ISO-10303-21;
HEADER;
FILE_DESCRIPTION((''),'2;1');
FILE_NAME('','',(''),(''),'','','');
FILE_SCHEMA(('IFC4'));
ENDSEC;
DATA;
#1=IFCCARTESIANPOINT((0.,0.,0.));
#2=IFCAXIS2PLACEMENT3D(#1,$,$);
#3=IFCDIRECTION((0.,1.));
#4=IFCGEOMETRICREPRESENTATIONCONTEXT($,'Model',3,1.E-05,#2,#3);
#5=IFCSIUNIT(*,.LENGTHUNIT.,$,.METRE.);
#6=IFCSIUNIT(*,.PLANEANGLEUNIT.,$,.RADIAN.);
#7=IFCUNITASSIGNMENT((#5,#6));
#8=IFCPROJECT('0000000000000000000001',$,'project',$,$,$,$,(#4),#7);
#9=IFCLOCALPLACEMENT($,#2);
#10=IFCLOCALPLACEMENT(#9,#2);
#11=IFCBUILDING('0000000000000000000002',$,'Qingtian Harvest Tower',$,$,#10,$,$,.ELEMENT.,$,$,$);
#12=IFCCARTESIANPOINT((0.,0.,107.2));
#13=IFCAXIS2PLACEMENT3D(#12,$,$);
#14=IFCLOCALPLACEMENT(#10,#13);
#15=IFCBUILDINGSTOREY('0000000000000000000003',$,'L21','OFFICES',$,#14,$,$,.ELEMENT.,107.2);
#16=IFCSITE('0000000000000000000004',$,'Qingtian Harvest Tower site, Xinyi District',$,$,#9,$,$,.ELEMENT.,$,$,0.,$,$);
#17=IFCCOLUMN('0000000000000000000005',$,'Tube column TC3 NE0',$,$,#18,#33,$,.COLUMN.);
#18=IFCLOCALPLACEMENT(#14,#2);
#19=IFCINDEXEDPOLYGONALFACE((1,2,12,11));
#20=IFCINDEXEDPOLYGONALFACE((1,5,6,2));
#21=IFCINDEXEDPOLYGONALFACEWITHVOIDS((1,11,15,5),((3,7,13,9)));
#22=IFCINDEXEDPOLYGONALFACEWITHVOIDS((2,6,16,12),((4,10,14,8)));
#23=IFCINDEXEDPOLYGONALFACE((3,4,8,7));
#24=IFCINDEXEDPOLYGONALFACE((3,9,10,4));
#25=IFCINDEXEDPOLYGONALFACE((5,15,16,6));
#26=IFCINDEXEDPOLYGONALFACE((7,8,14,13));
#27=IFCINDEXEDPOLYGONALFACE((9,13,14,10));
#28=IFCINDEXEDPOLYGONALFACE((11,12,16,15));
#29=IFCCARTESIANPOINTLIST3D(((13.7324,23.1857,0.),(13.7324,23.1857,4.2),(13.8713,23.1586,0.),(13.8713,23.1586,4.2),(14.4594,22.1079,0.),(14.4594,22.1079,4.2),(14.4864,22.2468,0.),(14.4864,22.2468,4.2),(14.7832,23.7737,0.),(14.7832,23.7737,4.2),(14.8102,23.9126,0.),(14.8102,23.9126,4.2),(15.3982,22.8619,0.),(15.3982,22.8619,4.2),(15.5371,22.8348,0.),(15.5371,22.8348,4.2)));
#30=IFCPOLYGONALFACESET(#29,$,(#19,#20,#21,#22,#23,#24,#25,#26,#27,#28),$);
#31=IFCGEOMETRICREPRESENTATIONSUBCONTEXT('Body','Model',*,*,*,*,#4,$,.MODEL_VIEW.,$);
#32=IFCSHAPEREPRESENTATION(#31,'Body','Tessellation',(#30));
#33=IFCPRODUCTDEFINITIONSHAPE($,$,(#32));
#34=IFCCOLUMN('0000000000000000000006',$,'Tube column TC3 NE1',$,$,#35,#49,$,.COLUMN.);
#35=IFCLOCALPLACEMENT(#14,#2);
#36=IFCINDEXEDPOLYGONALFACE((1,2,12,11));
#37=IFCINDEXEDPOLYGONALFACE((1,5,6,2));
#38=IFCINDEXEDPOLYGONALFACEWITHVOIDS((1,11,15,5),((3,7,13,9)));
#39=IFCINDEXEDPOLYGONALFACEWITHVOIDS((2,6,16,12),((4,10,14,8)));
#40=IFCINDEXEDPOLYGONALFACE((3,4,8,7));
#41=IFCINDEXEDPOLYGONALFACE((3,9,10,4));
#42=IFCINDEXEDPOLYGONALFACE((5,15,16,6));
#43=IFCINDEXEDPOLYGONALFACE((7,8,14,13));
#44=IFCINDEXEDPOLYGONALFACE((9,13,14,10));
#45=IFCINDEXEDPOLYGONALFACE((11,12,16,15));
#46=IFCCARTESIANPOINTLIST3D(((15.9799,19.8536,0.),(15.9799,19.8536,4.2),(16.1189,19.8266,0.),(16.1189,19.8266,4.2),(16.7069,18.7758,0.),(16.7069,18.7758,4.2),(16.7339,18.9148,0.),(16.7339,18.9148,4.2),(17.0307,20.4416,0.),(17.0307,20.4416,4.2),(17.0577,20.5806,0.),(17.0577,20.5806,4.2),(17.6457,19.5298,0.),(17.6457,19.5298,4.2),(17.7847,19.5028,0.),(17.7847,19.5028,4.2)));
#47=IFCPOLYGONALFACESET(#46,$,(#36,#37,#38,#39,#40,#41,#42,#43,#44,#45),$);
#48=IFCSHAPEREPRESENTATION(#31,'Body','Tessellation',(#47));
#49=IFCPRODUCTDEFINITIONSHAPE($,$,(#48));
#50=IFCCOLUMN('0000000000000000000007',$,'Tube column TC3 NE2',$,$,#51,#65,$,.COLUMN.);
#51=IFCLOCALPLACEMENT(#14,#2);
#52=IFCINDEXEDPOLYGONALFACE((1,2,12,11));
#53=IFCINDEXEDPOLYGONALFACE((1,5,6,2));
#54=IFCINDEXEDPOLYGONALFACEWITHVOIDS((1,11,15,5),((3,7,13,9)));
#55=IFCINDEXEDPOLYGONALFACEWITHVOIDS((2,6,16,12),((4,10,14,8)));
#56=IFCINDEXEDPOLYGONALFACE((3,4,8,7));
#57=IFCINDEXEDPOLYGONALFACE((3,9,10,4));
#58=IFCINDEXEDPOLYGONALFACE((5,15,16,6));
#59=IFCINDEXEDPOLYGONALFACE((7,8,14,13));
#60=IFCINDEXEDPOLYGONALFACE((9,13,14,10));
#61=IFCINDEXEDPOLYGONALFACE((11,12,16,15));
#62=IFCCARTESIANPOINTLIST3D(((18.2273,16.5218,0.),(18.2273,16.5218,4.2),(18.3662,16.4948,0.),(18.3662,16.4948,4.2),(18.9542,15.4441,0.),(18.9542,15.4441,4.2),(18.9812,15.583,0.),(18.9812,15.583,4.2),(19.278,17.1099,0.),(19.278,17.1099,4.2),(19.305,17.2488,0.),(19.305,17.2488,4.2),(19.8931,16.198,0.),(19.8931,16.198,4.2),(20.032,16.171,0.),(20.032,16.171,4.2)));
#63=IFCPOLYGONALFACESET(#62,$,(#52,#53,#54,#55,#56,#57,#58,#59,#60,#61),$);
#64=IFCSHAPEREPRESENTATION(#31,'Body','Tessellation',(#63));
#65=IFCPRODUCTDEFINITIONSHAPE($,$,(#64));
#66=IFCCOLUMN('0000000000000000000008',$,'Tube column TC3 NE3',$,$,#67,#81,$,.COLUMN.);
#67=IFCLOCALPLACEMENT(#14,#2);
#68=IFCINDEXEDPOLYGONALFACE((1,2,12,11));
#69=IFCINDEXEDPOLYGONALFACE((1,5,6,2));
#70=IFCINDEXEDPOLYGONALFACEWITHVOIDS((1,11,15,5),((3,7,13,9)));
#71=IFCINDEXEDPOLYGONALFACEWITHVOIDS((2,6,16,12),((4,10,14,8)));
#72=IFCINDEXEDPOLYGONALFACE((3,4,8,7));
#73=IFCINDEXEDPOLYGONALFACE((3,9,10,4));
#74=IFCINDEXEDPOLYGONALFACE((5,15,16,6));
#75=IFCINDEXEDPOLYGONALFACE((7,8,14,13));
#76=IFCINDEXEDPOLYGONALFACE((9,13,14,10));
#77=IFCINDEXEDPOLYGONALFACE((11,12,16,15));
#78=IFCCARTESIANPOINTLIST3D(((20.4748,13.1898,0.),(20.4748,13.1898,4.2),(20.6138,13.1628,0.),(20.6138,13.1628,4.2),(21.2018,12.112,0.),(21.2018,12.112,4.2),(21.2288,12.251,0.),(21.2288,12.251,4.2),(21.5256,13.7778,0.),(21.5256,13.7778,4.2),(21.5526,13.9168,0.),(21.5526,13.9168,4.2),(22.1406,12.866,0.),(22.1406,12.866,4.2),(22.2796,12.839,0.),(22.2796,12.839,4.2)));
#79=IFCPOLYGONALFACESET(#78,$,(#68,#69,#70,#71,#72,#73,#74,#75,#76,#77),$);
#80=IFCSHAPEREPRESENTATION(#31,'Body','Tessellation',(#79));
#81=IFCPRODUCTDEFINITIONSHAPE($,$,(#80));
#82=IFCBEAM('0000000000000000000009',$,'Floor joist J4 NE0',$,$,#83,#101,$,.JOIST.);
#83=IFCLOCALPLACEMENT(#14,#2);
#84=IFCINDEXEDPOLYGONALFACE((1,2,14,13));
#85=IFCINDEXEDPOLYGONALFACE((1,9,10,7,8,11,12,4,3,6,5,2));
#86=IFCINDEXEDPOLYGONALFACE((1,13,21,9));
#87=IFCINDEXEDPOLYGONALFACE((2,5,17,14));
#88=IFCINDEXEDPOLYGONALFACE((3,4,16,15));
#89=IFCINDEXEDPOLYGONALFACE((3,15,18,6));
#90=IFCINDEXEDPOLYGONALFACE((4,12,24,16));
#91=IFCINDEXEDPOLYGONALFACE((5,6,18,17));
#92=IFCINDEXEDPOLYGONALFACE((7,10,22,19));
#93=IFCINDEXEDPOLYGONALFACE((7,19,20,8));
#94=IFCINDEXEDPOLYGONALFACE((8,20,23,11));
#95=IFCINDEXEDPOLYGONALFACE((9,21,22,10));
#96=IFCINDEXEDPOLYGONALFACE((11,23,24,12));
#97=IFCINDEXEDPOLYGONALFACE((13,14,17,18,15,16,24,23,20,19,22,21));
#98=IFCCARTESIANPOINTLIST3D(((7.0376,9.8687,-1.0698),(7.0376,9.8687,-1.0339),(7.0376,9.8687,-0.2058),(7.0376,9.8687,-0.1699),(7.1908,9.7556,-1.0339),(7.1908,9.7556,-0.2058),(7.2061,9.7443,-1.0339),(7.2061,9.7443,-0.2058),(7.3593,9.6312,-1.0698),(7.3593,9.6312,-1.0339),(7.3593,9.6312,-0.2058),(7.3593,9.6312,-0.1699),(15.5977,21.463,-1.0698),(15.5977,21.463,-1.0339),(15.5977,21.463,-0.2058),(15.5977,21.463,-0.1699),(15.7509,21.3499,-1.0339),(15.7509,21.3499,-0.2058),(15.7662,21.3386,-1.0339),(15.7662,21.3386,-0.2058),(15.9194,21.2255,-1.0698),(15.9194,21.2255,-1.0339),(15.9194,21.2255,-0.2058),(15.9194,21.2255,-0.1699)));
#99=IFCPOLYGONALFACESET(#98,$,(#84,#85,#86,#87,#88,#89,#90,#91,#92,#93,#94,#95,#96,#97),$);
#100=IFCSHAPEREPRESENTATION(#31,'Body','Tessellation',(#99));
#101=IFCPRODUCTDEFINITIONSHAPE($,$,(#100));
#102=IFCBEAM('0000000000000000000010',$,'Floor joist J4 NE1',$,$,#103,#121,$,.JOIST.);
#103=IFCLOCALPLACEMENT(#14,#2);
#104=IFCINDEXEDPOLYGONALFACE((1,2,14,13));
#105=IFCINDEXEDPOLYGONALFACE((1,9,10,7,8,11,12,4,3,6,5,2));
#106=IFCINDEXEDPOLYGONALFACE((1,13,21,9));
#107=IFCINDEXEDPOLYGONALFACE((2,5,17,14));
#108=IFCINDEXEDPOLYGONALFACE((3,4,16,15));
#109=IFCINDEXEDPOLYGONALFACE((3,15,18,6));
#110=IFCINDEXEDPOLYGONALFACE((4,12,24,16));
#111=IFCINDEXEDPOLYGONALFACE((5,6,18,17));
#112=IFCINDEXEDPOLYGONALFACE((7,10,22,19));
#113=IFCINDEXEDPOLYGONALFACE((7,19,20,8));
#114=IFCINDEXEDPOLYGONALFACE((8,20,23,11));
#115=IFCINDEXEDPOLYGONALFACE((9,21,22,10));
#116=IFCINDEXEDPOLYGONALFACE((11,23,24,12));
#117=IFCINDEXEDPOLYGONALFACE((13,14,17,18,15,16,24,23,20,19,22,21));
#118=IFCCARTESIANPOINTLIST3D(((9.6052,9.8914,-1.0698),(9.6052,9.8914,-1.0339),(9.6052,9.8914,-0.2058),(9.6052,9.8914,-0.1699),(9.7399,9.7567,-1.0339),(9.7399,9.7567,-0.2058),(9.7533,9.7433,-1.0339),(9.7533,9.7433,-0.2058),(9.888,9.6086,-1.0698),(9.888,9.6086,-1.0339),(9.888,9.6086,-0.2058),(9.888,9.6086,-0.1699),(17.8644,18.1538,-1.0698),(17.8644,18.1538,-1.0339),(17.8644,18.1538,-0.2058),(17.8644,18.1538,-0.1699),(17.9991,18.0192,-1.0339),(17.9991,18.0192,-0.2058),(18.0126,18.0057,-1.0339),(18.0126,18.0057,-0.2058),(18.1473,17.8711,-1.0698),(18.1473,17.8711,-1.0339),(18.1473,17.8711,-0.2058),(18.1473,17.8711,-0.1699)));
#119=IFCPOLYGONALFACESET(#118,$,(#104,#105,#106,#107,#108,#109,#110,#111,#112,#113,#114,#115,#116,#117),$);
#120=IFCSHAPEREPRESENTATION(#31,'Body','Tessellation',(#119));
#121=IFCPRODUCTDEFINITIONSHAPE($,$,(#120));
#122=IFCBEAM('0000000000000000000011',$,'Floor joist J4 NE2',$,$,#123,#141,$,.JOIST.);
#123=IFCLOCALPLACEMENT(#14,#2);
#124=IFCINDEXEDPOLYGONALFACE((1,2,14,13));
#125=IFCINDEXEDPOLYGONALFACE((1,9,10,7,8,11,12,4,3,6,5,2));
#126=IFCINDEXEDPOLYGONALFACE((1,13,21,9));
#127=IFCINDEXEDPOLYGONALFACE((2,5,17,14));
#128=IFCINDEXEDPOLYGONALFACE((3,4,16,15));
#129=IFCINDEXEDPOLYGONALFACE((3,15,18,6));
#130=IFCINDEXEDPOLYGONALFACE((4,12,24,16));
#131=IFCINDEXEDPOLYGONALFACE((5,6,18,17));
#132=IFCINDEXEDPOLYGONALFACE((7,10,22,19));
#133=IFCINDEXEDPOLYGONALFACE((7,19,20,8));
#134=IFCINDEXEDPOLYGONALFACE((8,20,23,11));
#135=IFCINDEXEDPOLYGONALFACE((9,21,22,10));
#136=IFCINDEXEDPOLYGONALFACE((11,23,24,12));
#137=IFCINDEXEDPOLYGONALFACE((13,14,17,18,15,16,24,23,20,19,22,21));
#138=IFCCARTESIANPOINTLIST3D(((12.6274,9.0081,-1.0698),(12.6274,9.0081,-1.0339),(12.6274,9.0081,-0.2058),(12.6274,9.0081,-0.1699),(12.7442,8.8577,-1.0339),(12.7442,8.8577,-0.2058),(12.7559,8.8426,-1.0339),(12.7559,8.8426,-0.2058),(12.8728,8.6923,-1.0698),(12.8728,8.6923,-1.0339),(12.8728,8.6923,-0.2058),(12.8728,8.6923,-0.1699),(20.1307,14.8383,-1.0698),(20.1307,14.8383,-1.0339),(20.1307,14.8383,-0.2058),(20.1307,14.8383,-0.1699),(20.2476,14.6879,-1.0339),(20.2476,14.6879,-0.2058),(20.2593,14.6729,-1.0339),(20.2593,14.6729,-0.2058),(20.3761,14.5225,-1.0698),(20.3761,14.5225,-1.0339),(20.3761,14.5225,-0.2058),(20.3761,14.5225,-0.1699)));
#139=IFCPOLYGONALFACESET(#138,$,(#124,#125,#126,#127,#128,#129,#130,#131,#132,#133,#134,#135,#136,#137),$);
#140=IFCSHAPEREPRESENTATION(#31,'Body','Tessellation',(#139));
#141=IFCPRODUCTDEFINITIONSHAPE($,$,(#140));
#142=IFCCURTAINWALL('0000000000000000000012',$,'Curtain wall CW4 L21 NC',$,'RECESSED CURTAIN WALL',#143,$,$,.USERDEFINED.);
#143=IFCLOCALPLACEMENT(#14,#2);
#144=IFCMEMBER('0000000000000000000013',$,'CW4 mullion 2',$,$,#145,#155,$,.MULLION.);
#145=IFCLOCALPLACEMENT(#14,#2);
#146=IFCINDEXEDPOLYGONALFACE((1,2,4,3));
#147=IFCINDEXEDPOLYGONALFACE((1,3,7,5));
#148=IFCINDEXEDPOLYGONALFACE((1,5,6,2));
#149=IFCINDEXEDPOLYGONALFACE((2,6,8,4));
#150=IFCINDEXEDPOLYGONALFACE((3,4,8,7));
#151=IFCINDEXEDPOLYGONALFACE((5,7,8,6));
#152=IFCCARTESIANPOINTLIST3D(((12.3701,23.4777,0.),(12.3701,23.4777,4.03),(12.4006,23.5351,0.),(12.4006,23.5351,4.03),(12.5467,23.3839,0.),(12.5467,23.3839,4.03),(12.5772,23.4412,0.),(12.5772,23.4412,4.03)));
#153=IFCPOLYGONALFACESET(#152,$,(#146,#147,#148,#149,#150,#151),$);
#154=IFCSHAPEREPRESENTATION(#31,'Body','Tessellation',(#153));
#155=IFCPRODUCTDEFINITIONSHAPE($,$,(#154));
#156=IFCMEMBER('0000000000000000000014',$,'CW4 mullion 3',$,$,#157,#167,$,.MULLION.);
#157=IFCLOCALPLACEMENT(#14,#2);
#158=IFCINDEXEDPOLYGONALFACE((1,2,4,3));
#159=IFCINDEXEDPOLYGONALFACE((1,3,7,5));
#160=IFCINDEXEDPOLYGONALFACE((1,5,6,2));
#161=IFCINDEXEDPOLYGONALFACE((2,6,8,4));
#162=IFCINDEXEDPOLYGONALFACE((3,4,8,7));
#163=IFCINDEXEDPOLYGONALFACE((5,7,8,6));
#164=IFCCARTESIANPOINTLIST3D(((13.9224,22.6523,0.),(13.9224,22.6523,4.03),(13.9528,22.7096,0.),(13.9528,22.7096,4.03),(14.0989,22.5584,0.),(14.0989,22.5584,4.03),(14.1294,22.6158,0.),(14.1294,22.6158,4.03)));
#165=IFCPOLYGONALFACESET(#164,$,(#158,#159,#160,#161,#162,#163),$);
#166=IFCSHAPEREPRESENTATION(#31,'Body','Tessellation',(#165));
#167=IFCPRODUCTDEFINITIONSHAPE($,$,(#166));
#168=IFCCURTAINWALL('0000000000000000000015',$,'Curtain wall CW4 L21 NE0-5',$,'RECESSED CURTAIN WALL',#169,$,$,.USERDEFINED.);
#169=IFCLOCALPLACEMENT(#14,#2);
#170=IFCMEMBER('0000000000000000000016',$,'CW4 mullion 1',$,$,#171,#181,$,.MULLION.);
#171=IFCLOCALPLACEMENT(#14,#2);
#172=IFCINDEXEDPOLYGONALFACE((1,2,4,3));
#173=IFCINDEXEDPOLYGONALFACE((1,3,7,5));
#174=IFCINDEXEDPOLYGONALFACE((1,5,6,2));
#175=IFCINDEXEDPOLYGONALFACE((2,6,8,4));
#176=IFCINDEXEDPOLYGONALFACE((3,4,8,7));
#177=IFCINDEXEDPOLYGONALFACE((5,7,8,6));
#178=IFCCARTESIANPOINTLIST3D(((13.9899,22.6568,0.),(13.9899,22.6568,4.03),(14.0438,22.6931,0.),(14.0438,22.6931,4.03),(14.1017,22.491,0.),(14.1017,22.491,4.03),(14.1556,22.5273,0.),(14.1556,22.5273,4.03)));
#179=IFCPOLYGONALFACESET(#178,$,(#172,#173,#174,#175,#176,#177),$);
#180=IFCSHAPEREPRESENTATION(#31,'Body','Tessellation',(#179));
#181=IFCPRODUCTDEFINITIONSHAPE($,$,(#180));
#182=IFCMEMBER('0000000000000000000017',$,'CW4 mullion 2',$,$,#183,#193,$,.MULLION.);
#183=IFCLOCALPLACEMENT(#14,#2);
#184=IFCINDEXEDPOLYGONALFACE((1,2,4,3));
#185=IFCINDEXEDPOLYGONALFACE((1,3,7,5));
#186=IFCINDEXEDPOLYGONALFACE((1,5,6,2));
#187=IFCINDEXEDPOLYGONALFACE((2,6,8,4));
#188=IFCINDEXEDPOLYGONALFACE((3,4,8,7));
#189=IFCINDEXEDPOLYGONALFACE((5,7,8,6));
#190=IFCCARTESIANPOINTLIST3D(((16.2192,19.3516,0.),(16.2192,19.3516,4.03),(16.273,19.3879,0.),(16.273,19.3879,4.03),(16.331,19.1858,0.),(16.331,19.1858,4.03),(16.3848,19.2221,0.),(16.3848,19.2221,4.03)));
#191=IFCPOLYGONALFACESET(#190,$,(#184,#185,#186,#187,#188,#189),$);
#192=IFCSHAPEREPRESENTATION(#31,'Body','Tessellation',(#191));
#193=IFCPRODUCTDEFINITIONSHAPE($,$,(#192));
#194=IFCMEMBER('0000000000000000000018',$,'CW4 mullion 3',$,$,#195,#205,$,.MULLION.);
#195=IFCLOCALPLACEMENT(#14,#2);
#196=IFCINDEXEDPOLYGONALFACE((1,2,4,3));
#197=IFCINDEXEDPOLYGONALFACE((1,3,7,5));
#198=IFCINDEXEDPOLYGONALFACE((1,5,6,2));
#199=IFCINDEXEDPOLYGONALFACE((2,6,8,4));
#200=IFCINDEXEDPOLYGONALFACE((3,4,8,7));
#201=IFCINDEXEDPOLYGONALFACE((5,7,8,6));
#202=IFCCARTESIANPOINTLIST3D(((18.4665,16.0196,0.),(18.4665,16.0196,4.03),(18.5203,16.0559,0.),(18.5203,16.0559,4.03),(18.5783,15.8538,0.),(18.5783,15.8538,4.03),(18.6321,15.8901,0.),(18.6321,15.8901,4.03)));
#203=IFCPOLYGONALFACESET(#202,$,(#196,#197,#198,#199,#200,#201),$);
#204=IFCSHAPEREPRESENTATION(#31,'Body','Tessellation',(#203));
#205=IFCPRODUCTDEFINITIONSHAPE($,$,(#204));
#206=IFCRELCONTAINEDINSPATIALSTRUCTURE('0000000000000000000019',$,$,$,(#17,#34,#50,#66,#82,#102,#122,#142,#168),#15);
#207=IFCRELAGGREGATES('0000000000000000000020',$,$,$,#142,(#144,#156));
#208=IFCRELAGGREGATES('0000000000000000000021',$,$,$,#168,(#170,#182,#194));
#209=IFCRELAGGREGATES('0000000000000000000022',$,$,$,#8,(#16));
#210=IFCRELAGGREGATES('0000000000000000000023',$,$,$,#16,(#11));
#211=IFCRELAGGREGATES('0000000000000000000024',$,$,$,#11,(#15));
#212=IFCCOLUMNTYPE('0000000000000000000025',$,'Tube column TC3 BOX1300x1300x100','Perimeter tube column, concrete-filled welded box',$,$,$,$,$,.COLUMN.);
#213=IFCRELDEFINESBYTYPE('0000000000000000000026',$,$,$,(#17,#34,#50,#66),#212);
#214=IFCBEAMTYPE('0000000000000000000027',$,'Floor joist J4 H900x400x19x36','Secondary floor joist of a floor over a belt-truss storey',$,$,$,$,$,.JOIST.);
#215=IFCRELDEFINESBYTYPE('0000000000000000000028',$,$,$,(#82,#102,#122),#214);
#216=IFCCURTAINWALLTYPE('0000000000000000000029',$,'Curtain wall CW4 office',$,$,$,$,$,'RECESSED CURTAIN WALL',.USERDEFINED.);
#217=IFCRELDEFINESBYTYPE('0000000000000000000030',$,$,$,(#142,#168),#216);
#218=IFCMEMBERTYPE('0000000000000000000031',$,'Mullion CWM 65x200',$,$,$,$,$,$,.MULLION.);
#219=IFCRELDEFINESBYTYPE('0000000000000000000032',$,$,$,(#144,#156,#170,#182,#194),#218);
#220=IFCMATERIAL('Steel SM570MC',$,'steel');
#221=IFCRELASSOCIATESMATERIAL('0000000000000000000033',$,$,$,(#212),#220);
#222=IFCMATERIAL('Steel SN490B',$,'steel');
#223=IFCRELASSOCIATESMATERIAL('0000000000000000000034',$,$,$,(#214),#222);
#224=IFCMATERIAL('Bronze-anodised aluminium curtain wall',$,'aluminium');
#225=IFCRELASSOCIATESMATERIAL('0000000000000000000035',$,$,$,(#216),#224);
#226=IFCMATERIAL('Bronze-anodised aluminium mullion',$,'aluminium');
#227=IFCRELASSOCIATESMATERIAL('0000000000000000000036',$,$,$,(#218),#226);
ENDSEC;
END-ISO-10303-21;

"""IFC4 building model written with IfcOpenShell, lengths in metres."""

from ifc_helpers import new_model, si_unit, direction, frame, origin, origin_2d, place, context, subcontext, project, spatial, rectangle, hollow_rectangle, i_section, extrude, material, material_profile, profile_set, type_object, element, aggregate, save


model = new_model("IFC4")

# Units and contexts
model_context = context("Model", 3, precision=1e-05, world=origin(), true_north=direction((0.0, 1.0)))
body_context = subcontext(model_context, "Body", "Model", "MODEL_VIEW")
ifc_project = project(units=[si_unit("LENGTHUNIT", "METRE"), si_unit("PLANEANGLEUNIT", "RADIAN")], contexts=[model_context])

# Site, building, storey
site_placement = place(None, origin())
site = spatial("IfcSite", under=ifc_project, at=site_placement, Name="Qingtian Harvest Tower site, Xinyi District", CompositionType="ELEMENT", RefElevation=0.0)
building_placement = place(site_placement, origin())
building = spatial("IfcBuilding", under=site, at=building_placement, Name="Qingtian Harvest Tower", CompositionType="ELEMENT")
storey_placement = place(building_placement, frame((0.0, 0.0, 107.2)))
storey = spatial("IfcBuildingStorey", under=building, at=storey_placement, Name="L21", Description="OFFICES", CompositionType="ELEMENT", Elevation=107.2)

# Columns
ifc_material_1 = material(Name="Steel SM570MC", Category="steel")
ifc_material_profile_1 = material_profile(ifc_material_1, hollow_rectangle(XDim=1.3, YDim=1.3, WallThickness=0.1001, at=origin_2d()), Name="BOX1300x1300x100")
ifc_profile_set_1 = profile_set([ifc_material_profile_1], Name="Steel SM570MC")
column_type = type_object("IfcColumnType", Name="Tube column TC3 BOX1300x1300x100", Description="Perimeter tube column, concrete-filled welded box", PredefinedType="COLUMN", material=ifc_profile_set_1)
for number, where, z_axis, x_axis, name in (
    (1, (14.6348, 23.0103, 0.0), (0.0, 0.0, 1.0), (-0.559193, 0.829038, 0.0), "Tube column TC3 NE0"),
    (2, (16.8823, 19.6782, 0.0), (0.0, 0.0, 1.0), (-0.559193, 0.829038, 0.0), "Tube column TC3 NE1"),
    (3, (19.1296, 16.3464, 0.0), (0.0, 0.0, 1.0), (-0.559193, 0.829038, 0.0), "Tube column TC3 NE2"),
    (4, (21.3772, 13.0144, 0.0), (0.0, 0.0, 1.0), (-0.559193, 0.829038, 0.0), "Tube column TC3 NE3"),
):
    element("IfcColumn", number, at=place(storey_placement, frame(where, z_axis=z_axis, x_axis=x_axis)), inside=storey, type_object=column_type, Name=name, PredefinedType="COLUMN", context=body_context, shape_type="SweptSolid", body=[
        extrude(hollow_rectangle(XDim=1.3, YDim=1.3, WallThickness=0.1001, at=origin_2d()), origin(), (0.0, 0.0, 1.0), 4.2),
    ])

# Beams
ifc_material_2 = material(Name="Steel SN490B", Category="steel")
ifc_material_profile_2 = material_profile(ifc_material_2, i_section(OverallWidth=0.3999, OverallDepth=0.8999, WebThickness=0.019, FlangeThickness=0.0359, at=origin_2d()), Name="H900x400x19x36")
ifc_profile_set_2 = profile_set([ifc_material_profile_2], Name="Steel SN490B")
beam_type_1 = type_object("IfcBeamType", Name="Floor joist J4 H900x400x19x36", Description="Secondary floor joist of a floor over a belt-truss storey", PredefinedType="JOIST", material=ifc_profile_set_2)
beam_1_placement = place(storey_placement, frame((15.7585, 21.3442, -0.6199), z_axis=(-0.59396, -0.804494, 0.0), x_axis=(0.804494, -0.59396, 0.0)))
element("IfcBeam", 5, at=beam_1_placement, inside=storey, type_object=beam_type_1, Name="Floor joist J4 NE0", PredefinedType="JOIST", context=body_context, shape_type="SweptSolid", body=[
    extrude(i_section(OverallWidth=0.3999, OverallDepth=0.8999, WebThickness=0.019, FlangeThickness=0.0359, at=origin_2d()), origin(), (0.0, 0.0, 1.0), 14.4119),
])
beam_2_placement = place(storey_placement, frame((18.0059, 18.0125, -0.6199), z_axis=(-0.706971, -0.707243, 0.0), x_axis=(0.707243, -0.706971, 0.0)))
element("IfcBeam", 6, at=beam_2_placement, inside=storey, type_object=beam_type_1, Name="Floor joist J4 NE1", PredefinedType="JOIST", context=body_context, shape_type="SweptSolid", body=[
    extrude(i_section(OverallWidth=0.3999, OverallDepth=0.8999, WebThickness=0.019, FlangeThickness=0.0359, at=origin_2d()), origin(), (0.0, 0.0, 1.0), 11.6826),
])
beam_3_placement = place(storey_placement, frame((20.2534, 14.6804, -0.6199), z_axis=(-0.789641, -0.613569, 0.0), x_axis=(0.613569, -0.789641, 0.0)))
element("IfcBeam", 7, at=beam_3_placement, inside=storey, type_object=beam_type_1, Name="Floor joist J4 NE2", PredefinedType="JOIST", context=body_context, shape_type="SweptSolid", body=[
    extrude(i_section(OverallWidth=0.3999, OverallDepth=0.8999, WebThickness=0.019, FlangeThickness=0.0359, at=origin_2d()), origin(), (0.0, 0.0, 1.0), 9.5022),
])

# Curtain walls, members
ifc_material_3 = material(Name="Bronze-anodised aluminium curtain wall", Category="aluminium")
curtain_wall_type = type_object("IfcCurtainWallType", Name="Curtain wall CW4 office", ElementType="RECESSED CURTAIN WALL", PredefinedType="USERDEFINED", material=ifc_material_3)
curtain_wall_1_placement = place(storey_placement, origin())
curtain_wall_1 = element("IfcCurtainWall", 8, at=curtain_wall_1_placement, inside=storey, type_object=curtain_wall_type, Name="Curtain wall CW4 L21 NC", ObjectType="RECESSED CURTAIN WALL", PredefinedType="USERDEFINED")
ifc_material_4 = material(Name="Bronze-anodised aluminium mullion", Category="aluminium")
ifc_material_profile_3 = material_profile(ifc_material_4, rectangle(XDim=0.0649, YDim=0.2, at=origin_2d()), Name="AL 65x200")
ifc_profile_set_3 = profile_set([ifc_material_profile_3], Name="Bronze-anodised aluminium mullion")
member_type_1 = type_object("IfcMemberType", Name="Mullion CWM 65x200", PredefinedType="MULLION", material=ifc_profile_set_3)
member_1_placement = place(storey_placement, frame((12.4736, 23.4595, 0.0), z_axis=(0.0, 0.0, 1.0), x_axis=(0.469472, 0.882948, 0.0)))
member_1 = element("IfcMember", 9, at=member_1_placement, type_object=member_type_1, Name="CW4 mullion 2", PredefinedType="MULLION", context=body_context, shape_type="SweptSolid", body=[
    extrude(rectangle(XDim=0.0649, YDim=0.2, at=origin_2d()), origin(), (0.0, 0.0, 1.0), 4.03),
])
member_2_placement = place(storey_placement, frame((14.0259, 22.634, 0.0), z_axis=(0.0, 0.0, 1.0), x_axis=(0.469472, 0.882948, 0.0)))
member_2 = element("IfcMember", 10, at=member_2_placement, type_object=member_type_1, Name="CW4 mullion 3", PredefinedType="MULLION", context=body_context, shape_type="SweptSolid", body=[
    extrude(rectangle(XDim=0.0649, YDim=0.2, at=origin_2d()), origin(), (0.0, 0.0, 1.0), 4.03),
])
curtain_wall_2_placement = place(storey_placement, origin())
curtain_wall_2 = element("IfcCurtainWall", 11, at=curtain_wall_2_placement, inside=storey, type_object=curtain_wall_type, Name="Curtain wall CW4 L21 NE0-5", ObjectType="RECESSED CURTAIN WALL", PredefinedType="USERDEFINED")
member_3_placement = place(storey_placement, frame((14.0728, 22.592, 0.0), z_axis=(0.0, 0.0, 1.0), x_axis=(0.829038, 0.559193, 0.0)))
member_3 = element("IfcMember", 12, at=member_3_placement, type_object=member_type_1, Name="CW4 mullion 1", PredefinedType="MULLION", context=body_context, shape_type="SweptSolid", body=[
    extrude(rectangle(XDim=0.0649, YDim=0.2, at=origin_2d()), origin(), (0.0, 0.0, 1.0), 4.03),
])
member_4_placement = place(storey_placement, frame((16.302, 19.2869, 0.0), z_axis=(0.0, 0.0, 1.0), x_axis=(0.829038, 0.559193, 0.0)))
member_4 = element("IfcMember", 13, at=member_4_placement, type_object=member_type_1, Name="CW4 mullion 2", PredefinedType="MULLION", context=body_context, shape_type="SweptSolid", body=[
    extrude(rectangle(XDim=0.0649, YDim=0.2, at=origin_2d()), origin(), (0.0, 0.0, 1.0), 4.03),
])
member_5_placement = place(storey_placement, frame((18.5493, 15.9548, 0.0), z_axis=(0.0, 0.0, 1.0), x_axis=(0.829038, 0.559193, 0.0)))
member_5 = element("IfcMember", 14, at=member_5_placement, type_object=member_type_1, Name="CW4 mullion 3", PredefinedType="MULLION", context=body_context, shape_type="SweptSolid", body=[
    extrude(rectangle(XDim=0.0649, YDim=0.2, at=origin_2d()), origin(), (0.0, 0.0, 1.0), 4.03),
])

aggregate(curtain_wall_1, [member_1, member_2])
aggregate(curtain_wall_2, [member_3, member_4, member_5])

save(model, "model.ifc")
